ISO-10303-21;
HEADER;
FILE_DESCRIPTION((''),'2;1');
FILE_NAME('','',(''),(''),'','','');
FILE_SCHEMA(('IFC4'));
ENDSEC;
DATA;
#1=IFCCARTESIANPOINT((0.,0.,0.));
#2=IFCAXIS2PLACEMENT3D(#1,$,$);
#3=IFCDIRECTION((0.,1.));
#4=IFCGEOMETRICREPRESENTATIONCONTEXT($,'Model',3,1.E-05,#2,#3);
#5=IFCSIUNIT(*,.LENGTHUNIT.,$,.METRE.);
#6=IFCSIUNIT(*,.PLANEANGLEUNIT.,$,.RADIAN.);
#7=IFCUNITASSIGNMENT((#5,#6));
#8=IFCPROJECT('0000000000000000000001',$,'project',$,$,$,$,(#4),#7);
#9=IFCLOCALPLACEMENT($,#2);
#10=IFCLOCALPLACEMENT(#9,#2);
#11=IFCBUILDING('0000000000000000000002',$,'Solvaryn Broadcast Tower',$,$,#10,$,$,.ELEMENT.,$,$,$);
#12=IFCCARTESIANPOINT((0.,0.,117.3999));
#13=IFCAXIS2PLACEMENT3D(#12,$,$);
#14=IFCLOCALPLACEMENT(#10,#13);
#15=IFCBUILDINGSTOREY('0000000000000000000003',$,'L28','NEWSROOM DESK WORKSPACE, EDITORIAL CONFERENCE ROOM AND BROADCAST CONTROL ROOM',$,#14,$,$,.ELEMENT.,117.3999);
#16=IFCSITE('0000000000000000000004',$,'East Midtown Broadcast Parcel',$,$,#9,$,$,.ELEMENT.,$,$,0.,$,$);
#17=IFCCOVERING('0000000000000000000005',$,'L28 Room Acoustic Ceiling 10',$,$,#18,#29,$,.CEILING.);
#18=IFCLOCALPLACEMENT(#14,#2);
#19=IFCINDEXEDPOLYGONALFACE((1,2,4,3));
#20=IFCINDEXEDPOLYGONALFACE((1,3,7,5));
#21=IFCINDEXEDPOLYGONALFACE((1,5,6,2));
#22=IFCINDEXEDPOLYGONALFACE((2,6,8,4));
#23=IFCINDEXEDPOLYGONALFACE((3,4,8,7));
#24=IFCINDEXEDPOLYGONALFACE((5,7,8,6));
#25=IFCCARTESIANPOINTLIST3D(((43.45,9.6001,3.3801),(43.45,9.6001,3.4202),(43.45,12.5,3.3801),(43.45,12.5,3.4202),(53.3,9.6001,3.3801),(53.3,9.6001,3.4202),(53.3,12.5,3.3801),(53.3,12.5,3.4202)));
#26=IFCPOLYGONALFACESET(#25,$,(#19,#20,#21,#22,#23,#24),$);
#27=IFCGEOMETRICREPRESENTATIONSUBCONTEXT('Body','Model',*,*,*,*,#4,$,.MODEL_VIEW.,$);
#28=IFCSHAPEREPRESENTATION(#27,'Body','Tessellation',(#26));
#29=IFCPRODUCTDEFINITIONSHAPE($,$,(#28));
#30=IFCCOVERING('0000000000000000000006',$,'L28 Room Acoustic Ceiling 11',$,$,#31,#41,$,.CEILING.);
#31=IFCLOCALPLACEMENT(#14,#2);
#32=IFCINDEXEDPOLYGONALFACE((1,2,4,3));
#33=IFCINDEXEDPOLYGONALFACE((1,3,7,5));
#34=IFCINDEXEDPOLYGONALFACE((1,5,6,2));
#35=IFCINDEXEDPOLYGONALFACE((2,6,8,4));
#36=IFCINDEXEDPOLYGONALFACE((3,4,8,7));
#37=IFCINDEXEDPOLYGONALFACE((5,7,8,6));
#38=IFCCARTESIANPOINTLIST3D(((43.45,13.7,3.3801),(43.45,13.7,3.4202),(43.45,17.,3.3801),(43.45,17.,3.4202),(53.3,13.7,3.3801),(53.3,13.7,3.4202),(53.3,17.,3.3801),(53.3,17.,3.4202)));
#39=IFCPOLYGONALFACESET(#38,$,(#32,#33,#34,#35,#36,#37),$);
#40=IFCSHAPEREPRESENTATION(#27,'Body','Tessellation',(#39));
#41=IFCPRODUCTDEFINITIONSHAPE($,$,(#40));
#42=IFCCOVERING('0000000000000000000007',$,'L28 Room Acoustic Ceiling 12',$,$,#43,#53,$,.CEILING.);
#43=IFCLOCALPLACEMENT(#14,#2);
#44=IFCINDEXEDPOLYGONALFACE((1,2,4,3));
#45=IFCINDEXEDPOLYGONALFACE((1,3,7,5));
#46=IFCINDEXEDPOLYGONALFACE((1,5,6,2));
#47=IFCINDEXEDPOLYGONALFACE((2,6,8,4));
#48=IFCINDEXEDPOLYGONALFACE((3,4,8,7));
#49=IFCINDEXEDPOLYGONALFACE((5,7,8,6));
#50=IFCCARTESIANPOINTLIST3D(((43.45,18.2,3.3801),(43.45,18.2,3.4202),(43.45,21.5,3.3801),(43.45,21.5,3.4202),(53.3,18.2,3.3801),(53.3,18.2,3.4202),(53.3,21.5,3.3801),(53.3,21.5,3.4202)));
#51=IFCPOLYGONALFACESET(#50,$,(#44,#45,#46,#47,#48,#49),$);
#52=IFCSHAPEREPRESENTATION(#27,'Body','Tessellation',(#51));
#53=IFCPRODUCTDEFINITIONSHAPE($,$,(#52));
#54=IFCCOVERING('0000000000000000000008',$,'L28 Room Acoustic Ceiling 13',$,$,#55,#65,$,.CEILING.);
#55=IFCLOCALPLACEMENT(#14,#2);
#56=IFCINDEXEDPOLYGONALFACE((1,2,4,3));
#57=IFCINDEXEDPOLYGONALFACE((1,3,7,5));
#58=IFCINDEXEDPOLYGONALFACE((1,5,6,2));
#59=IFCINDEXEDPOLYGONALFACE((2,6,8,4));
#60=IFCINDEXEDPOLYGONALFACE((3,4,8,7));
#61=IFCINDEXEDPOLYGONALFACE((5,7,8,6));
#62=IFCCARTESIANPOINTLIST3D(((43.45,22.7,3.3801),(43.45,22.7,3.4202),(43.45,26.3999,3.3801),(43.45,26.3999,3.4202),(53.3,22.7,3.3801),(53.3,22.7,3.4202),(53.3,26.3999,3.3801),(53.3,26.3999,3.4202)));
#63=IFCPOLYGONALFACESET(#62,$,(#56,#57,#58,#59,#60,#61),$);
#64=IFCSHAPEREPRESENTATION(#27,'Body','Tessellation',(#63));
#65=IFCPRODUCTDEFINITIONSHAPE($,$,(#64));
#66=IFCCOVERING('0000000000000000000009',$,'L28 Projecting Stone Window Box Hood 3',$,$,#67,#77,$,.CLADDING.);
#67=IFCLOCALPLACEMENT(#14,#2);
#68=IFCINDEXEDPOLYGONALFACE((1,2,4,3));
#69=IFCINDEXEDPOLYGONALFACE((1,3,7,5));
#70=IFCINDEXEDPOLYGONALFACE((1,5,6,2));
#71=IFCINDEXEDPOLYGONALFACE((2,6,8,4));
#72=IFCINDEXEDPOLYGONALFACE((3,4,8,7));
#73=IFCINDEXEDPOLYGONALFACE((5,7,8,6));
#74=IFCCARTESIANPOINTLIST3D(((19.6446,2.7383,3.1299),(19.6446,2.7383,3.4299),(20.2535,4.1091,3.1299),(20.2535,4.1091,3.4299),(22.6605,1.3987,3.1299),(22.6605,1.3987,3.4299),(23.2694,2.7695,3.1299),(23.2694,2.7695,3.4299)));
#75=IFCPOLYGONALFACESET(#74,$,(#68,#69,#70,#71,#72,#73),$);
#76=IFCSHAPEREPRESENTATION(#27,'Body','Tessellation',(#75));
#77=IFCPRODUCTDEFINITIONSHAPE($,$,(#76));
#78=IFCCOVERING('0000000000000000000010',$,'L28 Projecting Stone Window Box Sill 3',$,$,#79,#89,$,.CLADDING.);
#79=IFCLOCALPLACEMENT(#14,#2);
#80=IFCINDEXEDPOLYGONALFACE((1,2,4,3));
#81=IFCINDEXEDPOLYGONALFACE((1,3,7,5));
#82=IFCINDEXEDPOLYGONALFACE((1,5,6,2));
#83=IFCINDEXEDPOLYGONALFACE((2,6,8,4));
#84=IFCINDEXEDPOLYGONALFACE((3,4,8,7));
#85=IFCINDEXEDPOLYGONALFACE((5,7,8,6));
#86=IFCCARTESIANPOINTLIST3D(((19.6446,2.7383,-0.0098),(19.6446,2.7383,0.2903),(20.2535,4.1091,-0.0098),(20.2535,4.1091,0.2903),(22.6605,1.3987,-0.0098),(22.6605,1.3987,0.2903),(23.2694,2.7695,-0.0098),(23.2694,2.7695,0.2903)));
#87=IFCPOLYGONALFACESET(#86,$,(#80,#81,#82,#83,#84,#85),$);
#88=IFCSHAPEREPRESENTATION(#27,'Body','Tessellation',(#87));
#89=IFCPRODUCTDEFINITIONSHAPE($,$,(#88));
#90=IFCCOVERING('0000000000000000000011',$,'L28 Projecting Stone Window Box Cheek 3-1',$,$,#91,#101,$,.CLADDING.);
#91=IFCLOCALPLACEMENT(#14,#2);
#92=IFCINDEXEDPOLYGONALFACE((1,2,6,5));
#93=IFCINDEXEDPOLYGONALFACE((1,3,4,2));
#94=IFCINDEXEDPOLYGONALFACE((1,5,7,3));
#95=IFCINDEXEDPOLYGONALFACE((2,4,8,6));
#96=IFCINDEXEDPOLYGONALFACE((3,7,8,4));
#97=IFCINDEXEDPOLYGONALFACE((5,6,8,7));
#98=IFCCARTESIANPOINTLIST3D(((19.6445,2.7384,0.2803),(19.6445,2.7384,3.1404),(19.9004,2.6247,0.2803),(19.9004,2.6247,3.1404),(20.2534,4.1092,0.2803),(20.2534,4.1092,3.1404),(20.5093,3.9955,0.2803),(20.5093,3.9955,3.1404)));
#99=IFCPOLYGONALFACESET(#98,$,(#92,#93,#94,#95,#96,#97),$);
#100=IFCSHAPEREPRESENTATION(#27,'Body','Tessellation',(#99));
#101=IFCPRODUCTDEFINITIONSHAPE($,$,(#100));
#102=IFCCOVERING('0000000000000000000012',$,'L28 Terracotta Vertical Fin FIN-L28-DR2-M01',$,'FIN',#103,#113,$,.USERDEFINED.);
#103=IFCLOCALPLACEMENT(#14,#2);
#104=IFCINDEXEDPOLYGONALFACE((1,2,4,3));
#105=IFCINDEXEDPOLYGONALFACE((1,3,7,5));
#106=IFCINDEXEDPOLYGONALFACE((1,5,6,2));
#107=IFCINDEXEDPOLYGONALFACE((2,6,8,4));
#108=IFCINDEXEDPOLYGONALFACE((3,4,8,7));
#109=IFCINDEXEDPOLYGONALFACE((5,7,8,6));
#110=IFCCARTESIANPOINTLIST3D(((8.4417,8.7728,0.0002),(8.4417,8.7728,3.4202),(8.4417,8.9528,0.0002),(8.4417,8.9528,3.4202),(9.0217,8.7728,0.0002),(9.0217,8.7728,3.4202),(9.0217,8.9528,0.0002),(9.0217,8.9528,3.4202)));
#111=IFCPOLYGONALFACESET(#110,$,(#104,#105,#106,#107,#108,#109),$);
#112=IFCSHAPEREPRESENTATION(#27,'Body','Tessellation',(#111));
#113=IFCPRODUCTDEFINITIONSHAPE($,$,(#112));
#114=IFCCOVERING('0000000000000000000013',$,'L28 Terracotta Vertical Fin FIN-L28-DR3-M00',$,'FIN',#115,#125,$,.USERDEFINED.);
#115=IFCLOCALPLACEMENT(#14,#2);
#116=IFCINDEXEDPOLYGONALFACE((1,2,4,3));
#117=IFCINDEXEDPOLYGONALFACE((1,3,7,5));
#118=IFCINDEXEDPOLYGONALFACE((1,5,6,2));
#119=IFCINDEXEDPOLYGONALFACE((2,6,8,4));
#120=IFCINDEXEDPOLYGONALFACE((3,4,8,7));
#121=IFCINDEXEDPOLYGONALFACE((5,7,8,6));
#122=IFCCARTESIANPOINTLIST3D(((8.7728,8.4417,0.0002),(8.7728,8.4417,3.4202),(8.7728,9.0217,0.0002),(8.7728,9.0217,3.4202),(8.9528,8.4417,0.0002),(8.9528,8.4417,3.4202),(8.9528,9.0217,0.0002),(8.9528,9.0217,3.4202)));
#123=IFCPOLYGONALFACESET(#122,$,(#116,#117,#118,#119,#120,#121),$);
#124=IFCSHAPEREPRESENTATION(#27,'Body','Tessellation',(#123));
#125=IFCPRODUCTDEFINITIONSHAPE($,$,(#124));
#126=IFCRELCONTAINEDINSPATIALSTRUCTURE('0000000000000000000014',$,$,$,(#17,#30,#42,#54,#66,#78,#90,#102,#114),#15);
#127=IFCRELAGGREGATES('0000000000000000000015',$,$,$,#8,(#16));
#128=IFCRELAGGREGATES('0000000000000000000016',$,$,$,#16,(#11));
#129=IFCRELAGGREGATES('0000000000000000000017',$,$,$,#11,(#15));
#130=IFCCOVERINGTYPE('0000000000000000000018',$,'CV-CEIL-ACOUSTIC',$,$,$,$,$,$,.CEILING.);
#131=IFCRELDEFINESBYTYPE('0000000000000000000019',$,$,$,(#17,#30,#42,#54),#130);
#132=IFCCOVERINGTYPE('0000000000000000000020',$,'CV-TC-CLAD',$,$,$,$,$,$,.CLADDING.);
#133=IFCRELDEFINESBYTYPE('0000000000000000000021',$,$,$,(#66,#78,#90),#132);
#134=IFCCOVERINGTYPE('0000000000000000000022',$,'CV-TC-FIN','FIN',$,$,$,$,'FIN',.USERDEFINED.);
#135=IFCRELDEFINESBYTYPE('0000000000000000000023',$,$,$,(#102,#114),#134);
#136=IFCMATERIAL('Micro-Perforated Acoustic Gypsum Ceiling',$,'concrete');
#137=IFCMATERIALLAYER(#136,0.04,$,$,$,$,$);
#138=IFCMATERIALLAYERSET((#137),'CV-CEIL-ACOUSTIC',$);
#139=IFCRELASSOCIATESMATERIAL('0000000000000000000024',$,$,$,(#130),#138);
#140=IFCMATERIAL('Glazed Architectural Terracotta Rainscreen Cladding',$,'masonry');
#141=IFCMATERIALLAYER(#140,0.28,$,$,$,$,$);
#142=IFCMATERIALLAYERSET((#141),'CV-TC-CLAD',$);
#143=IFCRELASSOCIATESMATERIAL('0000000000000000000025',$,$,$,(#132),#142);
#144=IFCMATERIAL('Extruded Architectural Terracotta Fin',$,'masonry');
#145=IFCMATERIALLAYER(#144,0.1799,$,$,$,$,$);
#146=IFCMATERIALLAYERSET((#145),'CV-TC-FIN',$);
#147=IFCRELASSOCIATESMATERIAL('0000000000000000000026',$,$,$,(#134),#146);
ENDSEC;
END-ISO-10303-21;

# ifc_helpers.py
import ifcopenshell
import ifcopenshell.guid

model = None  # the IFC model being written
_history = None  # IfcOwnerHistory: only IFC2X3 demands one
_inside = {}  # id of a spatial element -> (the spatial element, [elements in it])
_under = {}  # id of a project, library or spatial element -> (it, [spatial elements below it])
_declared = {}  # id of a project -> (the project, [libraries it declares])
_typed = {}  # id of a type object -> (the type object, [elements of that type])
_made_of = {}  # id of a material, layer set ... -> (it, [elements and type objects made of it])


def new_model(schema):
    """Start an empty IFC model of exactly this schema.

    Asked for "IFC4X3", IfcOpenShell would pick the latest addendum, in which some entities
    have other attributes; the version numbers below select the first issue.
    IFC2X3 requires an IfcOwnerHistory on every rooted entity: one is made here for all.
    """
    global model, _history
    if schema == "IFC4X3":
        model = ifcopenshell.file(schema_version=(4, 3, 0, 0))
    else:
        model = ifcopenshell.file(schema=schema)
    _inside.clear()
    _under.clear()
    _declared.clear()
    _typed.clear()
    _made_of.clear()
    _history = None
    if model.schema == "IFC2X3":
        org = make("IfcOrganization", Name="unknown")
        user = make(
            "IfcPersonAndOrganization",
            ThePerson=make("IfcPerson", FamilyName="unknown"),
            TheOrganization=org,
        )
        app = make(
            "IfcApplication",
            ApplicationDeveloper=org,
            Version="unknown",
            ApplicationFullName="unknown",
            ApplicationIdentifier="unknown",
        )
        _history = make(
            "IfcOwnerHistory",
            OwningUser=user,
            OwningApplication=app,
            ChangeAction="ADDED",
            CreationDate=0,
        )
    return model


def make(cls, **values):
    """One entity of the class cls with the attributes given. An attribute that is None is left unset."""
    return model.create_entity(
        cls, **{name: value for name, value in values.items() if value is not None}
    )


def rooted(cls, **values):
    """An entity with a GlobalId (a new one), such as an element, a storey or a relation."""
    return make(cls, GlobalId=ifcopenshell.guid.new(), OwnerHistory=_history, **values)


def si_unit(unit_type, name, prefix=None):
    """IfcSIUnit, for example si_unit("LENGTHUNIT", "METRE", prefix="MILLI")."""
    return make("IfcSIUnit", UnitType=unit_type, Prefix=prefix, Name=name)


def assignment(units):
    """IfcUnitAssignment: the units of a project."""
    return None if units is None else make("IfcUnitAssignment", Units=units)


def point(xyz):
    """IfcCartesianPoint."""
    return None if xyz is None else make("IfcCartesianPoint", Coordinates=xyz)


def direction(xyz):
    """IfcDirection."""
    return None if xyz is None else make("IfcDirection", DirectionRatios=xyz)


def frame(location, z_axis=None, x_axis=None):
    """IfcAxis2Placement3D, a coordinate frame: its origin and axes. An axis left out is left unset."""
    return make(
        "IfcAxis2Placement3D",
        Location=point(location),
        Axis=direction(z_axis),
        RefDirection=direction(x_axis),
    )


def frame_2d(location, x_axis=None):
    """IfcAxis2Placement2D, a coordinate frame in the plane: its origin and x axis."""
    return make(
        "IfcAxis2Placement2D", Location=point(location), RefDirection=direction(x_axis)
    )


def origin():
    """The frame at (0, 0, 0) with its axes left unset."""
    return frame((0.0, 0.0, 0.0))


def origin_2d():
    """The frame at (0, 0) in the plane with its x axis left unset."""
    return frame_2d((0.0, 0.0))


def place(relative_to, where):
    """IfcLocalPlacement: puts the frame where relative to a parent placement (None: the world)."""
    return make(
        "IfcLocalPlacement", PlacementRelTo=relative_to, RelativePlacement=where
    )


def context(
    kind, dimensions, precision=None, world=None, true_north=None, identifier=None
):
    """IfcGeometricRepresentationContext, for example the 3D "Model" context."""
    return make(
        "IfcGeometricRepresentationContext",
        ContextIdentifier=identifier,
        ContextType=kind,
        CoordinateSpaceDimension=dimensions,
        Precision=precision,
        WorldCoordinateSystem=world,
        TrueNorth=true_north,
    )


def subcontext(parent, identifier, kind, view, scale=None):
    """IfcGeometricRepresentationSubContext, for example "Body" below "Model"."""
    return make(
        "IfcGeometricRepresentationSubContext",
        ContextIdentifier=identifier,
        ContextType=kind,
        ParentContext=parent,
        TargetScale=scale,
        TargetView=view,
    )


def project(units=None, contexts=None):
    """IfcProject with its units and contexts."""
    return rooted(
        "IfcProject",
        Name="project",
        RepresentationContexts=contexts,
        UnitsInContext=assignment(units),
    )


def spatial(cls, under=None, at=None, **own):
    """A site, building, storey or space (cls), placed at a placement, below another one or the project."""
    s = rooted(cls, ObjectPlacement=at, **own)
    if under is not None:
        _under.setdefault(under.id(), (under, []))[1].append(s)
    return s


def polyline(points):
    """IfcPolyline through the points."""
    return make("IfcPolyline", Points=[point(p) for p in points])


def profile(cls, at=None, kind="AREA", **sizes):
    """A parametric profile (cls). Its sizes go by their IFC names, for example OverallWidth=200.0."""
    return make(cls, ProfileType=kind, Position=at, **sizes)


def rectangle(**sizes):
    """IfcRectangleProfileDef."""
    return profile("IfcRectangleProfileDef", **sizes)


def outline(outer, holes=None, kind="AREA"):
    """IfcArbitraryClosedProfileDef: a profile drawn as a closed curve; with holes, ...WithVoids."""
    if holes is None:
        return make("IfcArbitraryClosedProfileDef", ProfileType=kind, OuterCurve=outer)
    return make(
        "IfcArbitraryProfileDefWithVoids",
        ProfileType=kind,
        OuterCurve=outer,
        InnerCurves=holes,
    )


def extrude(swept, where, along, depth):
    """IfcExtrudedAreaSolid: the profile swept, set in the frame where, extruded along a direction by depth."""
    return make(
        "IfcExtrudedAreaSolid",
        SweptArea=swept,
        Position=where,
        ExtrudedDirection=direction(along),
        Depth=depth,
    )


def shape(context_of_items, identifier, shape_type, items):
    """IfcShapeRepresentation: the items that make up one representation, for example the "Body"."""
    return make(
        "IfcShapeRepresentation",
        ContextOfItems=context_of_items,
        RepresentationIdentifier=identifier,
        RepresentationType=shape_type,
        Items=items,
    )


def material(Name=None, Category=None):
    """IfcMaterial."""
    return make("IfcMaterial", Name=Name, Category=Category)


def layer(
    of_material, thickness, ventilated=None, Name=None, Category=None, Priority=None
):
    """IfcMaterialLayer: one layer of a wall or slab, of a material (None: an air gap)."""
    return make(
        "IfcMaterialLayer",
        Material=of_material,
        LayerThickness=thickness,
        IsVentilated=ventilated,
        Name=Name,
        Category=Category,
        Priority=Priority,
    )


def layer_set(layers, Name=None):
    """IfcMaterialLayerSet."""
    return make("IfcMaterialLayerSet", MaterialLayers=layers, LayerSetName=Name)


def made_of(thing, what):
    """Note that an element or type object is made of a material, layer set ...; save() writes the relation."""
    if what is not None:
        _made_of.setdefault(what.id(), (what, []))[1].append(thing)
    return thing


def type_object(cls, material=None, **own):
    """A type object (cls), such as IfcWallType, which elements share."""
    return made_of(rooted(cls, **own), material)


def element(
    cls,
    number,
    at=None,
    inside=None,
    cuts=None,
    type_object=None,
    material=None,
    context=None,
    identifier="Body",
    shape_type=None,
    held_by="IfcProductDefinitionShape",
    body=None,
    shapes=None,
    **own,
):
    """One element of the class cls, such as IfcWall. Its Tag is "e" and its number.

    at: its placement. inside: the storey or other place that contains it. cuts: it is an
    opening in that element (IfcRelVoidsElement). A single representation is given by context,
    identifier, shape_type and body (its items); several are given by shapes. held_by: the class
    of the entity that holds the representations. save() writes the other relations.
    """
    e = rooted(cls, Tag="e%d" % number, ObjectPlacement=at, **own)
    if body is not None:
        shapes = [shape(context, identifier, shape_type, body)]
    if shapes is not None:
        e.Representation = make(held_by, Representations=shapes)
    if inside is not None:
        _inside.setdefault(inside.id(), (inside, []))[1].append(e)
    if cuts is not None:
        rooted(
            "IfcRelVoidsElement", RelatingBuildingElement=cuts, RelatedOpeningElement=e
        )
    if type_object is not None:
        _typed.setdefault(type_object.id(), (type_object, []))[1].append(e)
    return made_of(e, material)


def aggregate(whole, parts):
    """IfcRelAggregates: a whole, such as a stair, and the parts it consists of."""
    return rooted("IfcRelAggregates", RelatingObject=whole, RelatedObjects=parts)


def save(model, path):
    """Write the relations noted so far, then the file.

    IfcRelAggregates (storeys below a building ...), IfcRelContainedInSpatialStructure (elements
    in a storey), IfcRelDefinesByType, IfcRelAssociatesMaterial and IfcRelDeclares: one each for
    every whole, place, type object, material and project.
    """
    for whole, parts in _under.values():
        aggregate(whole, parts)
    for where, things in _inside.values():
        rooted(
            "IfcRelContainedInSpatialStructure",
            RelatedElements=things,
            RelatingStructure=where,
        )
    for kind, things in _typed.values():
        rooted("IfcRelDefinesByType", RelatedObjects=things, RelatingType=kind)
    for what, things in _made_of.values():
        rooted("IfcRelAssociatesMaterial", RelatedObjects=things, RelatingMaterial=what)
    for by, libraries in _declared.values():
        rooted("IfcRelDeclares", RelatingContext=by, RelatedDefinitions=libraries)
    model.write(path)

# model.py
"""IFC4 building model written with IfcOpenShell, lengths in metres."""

from ifc_helpers import new_model, si_unit, direction, frame, origin, origin_2d, place, context, subcontext, project, spatial, polyline, rectangle, outline, extrude, material, layer, layer_set, type_object, element, save


model = new_model("IFC4")

# Units and contexts
model_context = context("Model", 3, precision=1e-05, world=origin(), true_north=direction((0.0, 1.0)))
body_context = subcontext(model_context, "Body", "Model", "MODEL_VIEW")
ifc_project = project(units=[si_unit("LENGTHUNIT", "METRE"), si_unit("PLANEANGLEUNIT", "RADIAN")], contexts=[model_context])

# Site, building, storey
site_placement = place(None, origin())
site = spatial("IfcSite", under=ifc_project, at=site_placement, Name="East Midtown Broadcast Parcel", CompositionType="ELEMENT", RefElevation=0.0)
building_placement = place(site_placement, origin())
building = spatial("IfcBuilding", under=site, at=building_placement, Name="Solvaryn Broadcast Tower", CompositionType="ELEMENT")
storey_placement = place(building_placement, frame((0.0, 0.0, 117.3999)))
storey = spatial("IfcBuildingStorey", under=building, at=storey_placement, Name="L28", Description="NEWSROOM DESK WORKSPACE, EDITORIAL CONFERENCE ROOM AND BROADCAST CONTROL ROOM", CompositionType="ELEMENT", Elevation=117.3999)

# Coverings
ifc_material_1 = material(Name="Micro-Perforated Acoustic Gypsum Ceiling", Category="concrete")
ifc_layer_1 = layer(ifc_material_1, 0.04)
ifc_layer_set_1 = layer_set([ifc_layer_1], Name="CV-CEIL-ACOUSTIC")
covering_type_1 = type_object("IfcCoveringType", Name="CV-CEIL-ACOUSTIC", PredefinedType="CEILING", material=ifc_layer_set_1)
covering_1_placement = place(storey_placement, frame((0.0, 0.0, 3.3801)))
element("IfcCovering", 1, at=covering_1_placement, inside=storey, type_object=covering_type_1, Name="L28 Room Acoustic Ceiling 10", PredefinedType="CEILING", context=body_context, shape_type="SweptSolid", body=[
    extrude(outline(polyline([(43.45, 9.6001), (53.3, 9.6001), (53.3, 12.5), (43.45, 12.5), (43.45, 9.6001)])), origin(), (0.0, 0.0, 1.0), 0.04),
])
covering_2_placement = place(storey_placement, frame((0.0, 0.0, 3.3801)))
element("IfcCovering", 2, at=covering_2_placement, inside=storey, type_object=covering_type_1, Name="L28 Room Acoustic Ceiling 11", PredefinedType="CEILING", context=body_context, shape_type="SweptSolid", body=[
    extrude(outline(polyline([(43.45, 13.7), (53.3, 13.7), (53.3, 17.0), (43.45, 17.0), (43.45, 13.7)])), origin(), (0.0, 0.0, 1.0), 0.04),
])
covering_3_placement = place(storey_placement, frame((0.0, 0.0, 3.3801)))
element("IfcCovering", 3, at=covering_3_placement, inside=storey, type_object=covering_type_1, Name="L28 Room Acoustic Ceiling 12", PredefinedType="CEILING", context=body_context, shape_type="SweptSolid", body=[
    extrude(outline(polyline([(43.45, 18.2), (53.3, 18.2), (53.3, 21.5), (43.45, 21.5), (43.45, 18.2)])), origin(), (0.0, 0.0, 1.0), 0.04),
])
covering_4_placement = place(storey_placement, frame((0.0, 0.0, 3.3801)))
element("IfcCovering", 4, at=covering_4_placement, inside=storey, type_object=covering_type_1, Name="L28 Room Acoustic Ceiling 13", PredefinedType="CEILING", context=body_context, shape_type="SweptSolid", body=[
    extrude(outline(polyline([(43.45, 22.7), (53.3, 22.7), (53.3, 26.3999), (43.45, 26.3999), (43.45, 22.7)])), origin(), (0.0, 0.0, 1.0), 0.04),
])
ifc_material_2 = material(Name="Glazed Architectural Terracotta Rainscreen Cladding", Category="masonry")
ifc_layer_2 = layer(ifc_material_2, 0.28)
ifc_layer_set_2 = layer_set([ifc_layer_2], Name="CV-TC-CLAD")
covering_type_2 = type_object("IfcCoveringType", Name="CV-TC-CLAD", PredefinedType="CLADDING", material=ifc_layer_set_2)
for number, where, z_axis, x_axis, name in (
    (5, (21.457, 2.7539, 3.1299), (0.0, 0.0, 1.0), (0.9139, -0.405939, 0.0), "L28 Projecting Stone Window Box Hood 3"),
    (6, (21.457, 2.7539, -0.0098), (0.0, 0.0, 1.0), (0.9139, -0.405939, 0.0), "L28 Projecting Stone Window Box Sill 3"),
):
    element("IfcCovering", number, at=place(storey_placement, frame(where, z_axis=z_axis, x_axis=x_axis)), inside=storey, type_object=covering_type_2, Name=name, PredefinedType="CLADDING", context=body_context, shape_type="SweptSolid", body=[
        extrude(rectangle(XDim=3.3, YDim=1.5, at=origin_2d()), origin(), (0.0, 0.0, 1.0), 0.3),
    ])
covering_5_placement = place(storey_placement, frame((20.0769, 3.3669, 0.2803), z_axis=(0.0, 0.0, 1.0), x_axis=(0.9139, -0.405939, 0.0)))
element("IfcCovering", 7, at=covering_5_placement, inside=storey, type_object=covering_type_2, Name="L28 Projecting Stone Window Box Cheek 3-1", PredefinedType="CLADDING", context=body_context, shape_type="SweptSolid", body=[
    extrude(rectangle(XDim=0.28, YDim=1.5, at=origin_2d()), origin(), (0.0, 0.0, 1.0), 2.8601),
])
ifc_material_3 = material(Name="Extruded Architectural Terracotta Fin", Category="masonry")
ifc_layer_3 = layer(ifc_material_3, 0.1799)
ifc_layer_set_3 = layer_set([ifc_layer_3], Name="CV-TC-FIN")
covering_type_3 = type_object("IfcCoveringType", Name="CV-TC-FIN", Description="FIN", ElementType="FIN", PredefinedType="USERDEFINED", material=ifc_layer_set_3)
covering_6_placement = place(storey_placement, frame((8.7317, 8.8628, 0.0002), z_axis=(0.0, 0.0, 1.0), x_axis=(1.0, 0.0, 0.0)))
element("IfcCovering", 8, at=covering_6_placement, inside=storey, type_object=covering_type_3, Name="L28 Terracotta Vertical Fin FIN-L28-DR2-M01", ObjectType="FIN", PredefinedType="USERDEFINED", context=body_context, shape_type="SweptSolid", body=[
    extrude(rectangle(XDim=0.5801, YDim=0.1799, at=origin_2d()), origin(), (0.0, 0.0, 1.0), 3.4199),
])
covering_7_placement = place(storey_placement, frame((8.8628, 8.7317, 0.0002), z_axis=(0.0, 0.0, 1.0), x_axis=(1.0, 0.0, 0.0)))
element("IfcCovering", 9, at=covering_7_placement, inside=storey, type_object=covering_type_3, Name="L28 Terracotta Vertical Fin FIN-L28-DR3-M00", ObjectType="FIN", PredefinedType="USERDEFINED", context=body_context, shape_type="SweptSolid", body=[
    extrude(rectangle(XDim=0.1799, YDim=0.5801, at=origin_2d()), origin(), (0.0, 0.0, 1.0), 3.4199),
])

save(model, "model.ifc")
